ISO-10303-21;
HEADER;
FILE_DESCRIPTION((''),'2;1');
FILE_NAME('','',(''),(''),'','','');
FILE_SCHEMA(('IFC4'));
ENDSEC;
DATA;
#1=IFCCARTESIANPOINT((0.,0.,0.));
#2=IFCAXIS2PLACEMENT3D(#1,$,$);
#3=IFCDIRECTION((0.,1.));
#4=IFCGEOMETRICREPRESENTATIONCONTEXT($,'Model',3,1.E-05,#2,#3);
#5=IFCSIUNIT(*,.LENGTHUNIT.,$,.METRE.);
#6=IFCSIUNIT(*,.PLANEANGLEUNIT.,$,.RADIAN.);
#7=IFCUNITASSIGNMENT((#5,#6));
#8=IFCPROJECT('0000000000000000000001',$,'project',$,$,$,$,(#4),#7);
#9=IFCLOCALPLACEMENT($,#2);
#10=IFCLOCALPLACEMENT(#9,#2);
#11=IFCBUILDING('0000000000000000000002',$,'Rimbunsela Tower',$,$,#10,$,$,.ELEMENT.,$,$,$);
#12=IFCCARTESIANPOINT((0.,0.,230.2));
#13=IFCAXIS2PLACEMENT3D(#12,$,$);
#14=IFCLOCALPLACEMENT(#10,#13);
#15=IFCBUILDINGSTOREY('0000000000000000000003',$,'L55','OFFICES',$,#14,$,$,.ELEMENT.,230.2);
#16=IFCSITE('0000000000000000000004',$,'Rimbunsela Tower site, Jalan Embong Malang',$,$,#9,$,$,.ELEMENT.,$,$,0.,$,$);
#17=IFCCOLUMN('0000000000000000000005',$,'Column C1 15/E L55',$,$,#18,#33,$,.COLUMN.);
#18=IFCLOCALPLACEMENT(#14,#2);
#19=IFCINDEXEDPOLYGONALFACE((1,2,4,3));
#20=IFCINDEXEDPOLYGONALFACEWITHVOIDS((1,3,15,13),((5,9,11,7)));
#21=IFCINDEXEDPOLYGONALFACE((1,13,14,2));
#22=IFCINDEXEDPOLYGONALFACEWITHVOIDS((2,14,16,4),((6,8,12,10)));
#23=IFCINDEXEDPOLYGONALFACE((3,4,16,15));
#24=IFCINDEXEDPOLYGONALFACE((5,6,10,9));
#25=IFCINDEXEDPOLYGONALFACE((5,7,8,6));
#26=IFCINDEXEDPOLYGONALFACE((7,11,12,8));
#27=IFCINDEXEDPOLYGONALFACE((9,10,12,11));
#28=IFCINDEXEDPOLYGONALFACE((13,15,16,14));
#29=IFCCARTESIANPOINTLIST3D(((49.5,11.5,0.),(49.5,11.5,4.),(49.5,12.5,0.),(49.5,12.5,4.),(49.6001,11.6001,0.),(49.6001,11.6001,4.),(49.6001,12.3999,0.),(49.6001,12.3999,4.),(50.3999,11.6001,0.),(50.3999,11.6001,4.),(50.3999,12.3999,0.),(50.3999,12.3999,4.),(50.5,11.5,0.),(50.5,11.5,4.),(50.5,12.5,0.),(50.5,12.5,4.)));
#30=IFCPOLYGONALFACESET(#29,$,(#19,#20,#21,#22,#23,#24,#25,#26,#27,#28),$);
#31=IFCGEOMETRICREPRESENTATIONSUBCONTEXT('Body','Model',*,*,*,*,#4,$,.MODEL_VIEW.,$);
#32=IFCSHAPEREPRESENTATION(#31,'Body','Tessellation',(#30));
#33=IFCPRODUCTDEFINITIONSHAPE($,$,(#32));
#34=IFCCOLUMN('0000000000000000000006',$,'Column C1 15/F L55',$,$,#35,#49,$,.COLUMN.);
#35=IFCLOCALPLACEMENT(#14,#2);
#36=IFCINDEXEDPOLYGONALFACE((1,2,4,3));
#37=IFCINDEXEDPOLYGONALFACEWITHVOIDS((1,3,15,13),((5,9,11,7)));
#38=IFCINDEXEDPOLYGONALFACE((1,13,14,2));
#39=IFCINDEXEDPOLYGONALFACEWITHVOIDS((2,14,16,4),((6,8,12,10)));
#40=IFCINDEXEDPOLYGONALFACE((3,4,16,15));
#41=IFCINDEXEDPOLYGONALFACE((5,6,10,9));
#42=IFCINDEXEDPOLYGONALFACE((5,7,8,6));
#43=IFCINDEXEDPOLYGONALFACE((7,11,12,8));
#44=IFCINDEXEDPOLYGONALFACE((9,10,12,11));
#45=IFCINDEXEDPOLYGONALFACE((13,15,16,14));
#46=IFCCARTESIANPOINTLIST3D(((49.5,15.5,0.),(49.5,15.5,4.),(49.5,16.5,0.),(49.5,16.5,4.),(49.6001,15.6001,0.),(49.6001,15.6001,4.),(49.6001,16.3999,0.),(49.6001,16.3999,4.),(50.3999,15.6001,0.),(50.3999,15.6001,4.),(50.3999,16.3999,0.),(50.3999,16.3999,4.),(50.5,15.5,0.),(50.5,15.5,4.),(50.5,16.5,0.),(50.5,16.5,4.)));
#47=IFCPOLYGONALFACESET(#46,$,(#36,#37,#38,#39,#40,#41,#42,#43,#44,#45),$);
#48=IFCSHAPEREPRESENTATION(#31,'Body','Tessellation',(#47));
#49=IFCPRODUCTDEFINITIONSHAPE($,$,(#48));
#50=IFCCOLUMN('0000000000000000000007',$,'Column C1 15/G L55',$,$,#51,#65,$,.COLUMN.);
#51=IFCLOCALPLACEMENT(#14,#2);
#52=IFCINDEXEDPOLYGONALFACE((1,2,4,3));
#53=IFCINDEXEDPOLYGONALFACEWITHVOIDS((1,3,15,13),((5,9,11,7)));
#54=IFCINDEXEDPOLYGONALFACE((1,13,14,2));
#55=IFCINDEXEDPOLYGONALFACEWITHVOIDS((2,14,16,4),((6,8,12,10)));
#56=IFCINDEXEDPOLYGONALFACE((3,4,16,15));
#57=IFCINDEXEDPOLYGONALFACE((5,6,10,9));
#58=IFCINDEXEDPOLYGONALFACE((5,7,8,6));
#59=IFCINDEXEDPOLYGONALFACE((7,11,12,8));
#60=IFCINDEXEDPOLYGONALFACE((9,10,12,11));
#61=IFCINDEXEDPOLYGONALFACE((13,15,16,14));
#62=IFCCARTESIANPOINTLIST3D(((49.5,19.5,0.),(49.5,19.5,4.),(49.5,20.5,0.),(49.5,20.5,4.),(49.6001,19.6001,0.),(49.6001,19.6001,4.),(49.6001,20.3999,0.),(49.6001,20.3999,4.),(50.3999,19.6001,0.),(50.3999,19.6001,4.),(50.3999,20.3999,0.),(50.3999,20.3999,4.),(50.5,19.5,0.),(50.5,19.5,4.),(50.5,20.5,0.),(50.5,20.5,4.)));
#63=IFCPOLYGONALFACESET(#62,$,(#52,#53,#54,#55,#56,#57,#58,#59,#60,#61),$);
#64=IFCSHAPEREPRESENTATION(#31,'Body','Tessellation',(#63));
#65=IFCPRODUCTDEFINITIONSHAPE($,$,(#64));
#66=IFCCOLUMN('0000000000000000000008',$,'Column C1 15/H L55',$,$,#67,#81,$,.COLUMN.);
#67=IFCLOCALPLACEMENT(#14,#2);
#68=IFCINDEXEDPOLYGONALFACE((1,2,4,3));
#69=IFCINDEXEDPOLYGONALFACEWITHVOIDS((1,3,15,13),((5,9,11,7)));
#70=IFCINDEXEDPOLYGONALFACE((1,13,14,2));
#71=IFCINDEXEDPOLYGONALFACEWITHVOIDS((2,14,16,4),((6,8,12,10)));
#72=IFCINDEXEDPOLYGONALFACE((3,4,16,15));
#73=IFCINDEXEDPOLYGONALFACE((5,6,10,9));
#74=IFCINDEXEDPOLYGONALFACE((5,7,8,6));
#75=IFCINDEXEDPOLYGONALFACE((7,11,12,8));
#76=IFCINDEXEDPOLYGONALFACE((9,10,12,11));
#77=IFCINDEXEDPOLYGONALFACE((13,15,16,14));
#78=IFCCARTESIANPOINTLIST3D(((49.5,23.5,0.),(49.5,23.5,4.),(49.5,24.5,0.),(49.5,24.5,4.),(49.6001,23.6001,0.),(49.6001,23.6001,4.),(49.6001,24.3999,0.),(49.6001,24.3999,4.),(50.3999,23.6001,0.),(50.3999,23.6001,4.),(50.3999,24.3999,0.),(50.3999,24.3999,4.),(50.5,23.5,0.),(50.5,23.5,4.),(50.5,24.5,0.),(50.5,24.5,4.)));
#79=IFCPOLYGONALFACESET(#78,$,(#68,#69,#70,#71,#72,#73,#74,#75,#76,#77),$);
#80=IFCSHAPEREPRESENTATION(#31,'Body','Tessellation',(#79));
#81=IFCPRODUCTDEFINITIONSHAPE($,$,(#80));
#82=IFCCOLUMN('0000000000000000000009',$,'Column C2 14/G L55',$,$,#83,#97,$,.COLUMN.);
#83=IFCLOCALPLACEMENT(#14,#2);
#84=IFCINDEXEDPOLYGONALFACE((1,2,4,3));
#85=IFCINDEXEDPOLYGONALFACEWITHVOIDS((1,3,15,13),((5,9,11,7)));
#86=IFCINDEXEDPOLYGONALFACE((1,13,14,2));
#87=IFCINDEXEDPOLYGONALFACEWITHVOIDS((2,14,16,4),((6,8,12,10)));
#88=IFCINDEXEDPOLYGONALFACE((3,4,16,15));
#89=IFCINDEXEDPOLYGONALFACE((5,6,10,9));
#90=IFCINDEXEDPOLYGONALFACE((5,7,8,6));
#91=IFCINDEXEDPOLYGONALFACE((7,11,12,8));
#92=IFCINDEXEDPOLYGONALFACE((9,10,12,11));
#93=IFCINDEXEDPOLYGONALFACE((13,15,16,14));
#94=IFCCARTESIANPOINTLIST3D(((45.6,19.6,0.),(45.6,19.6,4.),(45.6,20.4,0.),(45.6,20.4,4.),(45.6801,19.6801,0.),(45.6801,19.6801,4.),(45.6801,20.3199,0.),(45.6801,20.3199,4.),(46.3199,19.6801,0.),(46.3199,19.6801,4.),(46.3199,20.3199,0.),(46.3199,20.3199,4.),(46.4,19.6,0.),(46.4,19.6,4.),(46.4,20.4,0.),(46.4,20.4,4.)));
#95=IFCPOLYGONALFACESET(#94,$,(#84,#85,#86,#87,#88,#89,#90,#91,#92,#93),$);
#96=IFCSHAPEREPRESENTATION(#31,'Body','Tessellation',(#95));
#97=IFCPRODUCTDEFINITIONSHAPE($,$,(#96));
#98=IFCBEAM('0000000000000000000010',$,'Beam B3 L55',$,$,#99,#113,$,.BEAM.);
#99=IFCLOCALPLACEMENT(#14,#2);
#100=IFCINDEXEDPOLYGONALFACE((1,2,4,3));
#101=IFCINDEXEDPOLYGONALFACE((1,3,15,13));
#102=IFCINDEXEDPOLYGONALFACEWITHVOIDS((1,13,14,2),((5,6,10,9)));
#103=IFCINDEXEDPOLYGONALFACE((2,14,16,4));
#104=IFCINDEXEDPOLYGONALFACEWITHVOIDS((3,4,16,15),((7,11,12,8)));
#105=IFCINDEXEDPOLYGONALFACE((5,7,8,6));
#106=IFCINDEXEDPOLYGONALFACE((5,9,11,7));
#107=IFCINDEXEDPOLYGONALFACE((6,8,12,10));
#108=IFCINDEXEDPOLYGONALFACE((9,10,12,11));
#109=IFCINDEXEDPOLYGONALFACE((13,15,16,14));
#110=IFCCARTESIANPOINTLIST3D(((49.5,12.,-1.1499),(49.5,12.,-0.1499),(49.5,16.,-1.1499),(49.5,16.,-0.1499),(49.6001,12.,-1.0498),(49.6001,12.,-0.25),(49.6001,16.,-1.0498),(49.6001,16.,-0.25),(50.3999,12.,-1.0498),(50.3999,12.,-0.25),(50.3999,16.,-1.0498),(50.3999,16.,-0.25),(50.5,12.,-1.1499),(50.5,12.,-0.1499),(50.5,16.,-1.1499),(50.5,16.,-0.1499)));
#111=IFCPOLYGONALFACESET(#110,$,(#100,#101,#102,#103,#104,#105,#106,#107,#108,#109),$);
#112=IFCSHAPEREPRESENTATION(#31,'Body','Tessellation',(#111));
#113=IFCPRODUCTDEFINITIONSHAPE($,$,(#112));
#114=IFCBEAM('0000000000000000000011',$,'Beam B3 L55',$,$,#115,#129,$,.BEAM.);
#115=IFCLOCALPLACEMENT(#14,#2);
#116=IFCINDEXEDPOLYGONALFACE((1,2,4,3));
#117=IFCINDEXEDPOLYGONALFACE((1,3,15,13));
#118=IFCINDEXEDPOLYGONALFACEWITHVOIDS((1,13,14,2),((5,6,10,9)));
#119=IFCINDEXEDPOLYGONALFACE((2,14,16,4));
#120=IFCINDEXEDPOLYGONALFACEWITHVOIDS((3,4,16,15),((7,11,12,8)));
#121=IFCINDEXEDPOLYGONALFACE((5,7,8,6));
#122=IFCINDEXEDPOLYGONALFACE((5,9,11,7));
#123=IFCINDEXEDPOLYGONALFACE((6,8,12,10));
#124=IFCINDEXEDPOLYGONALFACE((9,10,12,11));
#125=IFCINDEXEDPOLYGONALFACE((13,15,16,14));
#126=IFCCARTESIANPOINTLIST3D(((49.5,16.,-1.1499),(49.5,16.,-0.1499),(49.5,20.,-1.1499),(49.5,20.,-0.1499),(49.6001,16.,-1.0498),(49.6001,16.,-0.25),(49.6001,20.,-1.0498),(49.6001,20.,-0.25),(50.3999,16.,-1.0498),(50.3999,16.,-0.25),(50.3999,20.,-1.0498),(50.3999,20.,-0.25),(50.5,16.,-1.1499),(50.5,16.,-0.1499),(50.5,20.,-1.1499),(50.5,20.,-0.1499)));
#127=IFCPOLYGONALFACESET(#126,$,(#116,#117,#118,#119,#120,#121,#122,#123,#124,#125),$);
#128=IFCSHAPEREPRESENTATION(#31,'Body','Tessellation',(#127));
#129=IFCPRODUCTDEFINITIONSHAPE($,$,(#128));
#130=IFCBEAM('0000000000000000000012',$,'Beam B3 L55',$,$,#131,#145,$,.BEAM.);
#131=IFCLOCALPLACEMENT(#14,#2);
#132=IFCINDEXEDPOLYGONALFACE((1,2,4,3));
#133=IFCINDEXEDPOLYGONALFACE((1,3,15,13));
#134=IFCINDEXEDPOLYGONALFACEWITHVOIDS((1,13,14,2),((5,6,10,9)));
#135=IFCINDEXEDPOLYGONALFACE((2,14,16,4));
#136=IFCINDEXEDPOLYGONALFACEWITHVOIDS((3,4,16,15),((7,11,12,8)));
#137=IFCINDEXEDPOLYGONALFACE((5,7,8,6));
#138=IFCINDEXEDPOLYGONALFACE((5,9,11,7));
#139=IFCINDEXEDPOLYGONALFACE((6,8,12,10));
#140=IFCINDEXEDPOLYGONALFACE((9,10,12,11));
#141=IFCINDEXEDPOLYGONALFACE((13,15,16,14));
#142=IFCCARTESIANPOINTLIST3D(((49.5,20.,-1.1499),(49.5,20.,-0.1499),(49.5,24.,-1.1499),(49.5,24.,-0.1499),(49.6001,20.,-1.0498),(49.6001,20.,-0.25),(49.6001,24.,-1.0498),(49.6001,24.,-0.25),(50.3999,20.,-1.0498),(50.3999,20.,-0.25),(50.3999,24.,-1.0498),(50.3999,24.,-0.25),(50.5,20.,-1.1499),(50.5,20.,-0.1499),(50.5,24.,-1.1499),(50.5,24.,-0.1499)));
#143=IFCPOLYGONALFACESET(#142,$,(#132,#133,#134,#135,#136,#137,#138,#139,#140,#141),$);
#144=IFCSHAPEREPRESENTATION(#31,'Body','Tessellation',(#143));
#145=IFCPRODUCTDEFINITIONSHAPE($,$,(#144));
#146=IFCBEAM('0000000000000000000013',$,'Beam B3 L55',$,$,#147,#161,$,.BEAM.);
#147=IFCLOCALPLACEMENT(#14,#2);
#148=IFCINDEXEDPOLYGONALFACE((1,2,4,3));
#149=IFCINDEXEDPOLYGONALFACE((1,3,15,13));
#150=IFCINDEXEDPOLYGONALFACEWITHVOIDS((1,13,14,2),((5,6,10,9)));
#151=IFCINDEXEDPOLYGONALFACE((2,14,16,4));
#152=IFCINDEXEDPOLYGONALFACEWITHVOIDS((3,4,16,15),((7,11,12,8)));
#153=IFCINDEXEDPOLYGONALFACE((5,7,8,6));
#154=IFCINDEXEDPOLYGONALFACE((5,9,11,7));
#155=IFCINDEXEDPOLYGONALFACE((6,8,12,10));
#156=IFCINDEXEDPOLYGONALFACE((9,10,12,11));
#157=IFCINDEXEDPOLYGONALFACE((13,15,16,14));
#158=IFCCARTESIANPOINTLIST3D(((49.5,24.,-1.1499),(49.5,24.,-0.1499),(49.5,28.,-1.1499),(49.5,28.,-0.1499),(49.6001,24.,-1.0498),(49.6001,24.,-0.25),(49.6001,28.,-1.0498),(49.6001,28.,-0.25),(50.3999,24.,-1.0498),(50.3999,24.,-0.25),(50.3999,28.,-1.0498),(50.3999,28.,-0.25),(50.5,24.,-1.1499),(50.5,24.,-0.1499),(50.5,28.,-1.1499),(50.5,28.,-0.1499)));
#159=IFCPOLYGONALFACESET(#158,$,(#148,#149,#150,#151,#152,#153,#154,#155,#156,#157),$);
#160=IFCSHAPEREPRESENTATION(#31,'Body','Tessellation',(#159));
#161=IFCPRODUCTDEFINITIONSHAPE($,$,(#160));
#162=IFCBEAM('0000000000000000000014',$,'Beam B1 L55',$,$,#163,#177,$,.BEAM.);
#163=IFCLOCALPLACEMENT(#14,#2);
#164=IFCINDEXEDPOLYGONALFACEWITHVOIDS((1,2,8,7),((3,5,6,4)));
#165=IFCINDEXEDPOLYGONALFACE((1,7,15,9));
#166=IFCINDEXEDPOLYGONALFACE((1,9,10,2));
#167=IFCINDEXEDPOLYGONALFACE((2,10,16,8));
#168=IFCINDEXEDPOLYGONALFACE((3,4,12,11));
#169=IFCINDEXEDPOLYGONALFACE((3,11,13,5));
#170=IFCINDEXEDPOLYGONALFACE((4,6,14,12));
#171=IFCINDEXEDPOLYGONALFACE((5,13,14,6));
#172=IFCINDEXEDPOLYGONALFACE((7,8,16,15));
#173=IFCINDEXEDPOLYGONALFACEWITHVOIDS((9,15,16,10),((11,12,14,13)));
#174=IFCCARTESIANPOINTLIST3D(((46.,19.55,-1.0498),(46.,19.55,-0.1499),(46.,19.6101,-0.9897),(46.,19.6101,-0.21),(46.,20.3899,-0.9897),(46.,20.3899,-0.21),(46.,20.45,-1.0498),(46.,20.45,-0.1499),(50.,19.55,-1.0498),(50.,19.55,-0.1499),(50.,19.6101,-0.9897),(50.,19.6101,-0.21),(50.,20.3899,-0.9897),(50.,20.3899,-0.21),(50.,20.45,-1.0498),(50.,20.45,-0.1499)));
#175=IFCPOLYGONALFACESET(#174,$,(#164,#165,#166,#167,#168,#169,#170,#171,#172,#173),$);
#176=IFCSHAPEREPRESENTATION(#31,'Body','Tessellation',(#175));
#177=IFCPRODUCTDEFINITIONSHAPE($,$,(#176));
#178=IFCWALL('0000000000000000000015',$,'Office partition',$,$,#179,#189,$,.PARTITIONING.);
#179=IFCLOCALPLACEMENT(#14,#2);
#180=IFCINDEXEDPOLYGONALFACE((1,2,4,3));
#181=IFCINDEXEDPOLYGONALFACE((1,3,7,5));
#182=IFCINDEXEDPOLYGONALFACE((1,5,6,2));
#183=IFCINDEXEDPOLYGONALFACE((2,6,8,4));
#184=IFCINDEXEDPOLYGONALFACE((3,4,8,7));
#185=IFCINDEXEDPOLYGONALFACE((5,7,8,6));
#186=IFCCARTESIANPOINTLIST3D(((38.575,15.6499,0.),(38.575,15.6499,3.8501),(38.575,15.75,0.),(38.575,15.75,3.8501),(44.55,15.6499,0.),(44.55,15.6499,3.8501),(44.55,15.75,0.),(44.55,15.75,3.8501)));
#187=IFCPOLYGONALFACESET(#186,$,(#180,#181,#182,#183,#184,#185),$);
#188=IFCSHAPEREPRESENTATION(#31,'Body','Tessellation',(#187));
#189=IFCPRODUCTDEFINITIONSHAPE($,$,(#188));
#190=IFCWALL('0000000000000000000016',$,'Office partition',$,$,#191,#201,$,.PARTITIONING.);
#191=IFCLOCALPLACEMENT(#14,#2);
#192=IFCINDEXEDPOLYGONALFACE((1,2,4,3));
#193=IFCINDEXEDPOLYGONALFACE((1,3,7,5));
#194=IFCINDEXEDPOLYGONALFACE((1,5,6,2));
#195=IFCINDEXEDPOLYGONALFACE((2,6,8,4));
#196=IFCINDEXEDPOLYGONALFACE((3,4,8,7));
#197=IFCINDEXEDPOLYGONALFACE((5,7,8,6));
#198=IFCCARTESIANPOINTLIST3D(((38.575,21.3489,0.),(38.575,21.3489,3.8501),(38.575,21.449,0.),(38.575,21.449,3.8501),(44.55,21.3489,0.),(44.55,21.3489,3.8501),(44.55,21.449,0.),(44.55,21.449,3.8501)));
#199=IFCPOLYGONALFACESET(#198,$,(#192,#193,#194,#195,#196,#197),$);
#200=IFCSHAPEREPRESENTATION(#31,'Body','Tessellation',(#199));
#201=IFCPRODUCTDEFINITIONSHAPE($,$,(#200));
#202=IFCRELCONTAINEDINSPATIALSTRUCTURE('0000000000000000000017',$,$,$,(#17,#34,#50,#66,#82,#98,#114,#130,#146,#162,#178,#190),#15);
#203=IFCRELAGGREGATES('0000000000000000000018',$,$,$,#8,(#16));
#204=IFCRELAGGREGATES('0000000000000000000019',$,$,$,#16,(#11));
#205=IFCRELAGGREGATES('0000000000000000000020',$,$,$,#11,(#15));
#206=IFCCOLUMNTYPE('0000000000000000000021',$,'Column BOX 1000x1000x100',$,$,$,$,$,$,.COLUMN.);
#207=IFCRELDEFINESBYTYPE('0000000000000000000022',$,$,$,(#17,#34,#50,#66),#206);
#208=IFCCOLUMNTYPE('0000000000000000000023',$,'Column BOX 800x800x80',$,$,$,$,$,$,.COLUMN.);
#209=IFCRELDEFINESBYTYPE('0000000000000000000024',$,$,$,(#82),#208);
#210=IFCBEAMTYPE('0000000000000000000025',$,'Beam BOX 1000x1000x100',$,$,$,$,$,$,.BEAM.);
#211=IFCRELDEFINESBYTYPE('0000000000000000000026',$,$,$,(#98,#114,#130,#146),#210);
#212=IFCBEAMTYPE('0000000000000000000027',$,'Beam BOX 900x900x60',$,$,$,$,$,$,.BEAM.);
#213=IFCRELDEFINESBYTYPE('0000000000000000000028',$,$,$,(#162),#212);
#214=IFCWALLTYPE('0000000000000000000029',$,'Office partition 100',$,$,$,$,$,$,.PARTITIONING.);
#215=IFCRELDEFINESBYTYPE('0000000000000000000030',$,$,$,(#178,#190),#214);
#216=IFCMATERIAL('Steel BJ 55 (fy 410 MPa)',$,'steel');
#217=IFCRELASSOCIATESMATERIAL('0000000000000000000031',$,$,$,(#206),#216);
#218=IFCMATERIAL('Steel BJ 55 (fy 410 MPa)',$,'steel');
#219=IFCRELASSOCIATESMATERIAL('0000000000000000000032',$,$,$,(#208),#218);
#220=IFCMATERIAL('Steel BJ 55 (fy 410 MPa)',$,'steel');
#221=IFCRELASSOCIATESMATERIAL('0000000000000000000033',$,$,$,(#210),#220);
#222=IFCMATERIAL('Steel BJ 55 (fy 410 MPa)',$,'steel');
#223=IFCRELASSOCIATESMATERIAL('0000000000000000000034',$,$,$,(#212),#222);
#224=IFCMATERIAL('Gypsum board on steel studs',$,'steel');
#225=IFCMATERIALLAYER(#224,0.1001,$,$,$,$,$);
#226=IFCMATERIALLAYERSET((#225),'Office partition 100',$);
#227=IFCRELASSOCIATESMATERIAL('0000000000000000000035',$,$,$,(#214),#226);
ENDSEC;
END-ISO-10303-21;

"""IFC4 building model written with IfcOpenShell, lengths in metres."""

from ifc_helpers import new_model, si_unit, direction, frame, frame_2d, origin, origin_2d, place, context, subcontext, project, spatial, rectangle, hollow_rectangle, extrude, material, layer, layer_set, material_profile, profile_set, type_object, element, save


model = new_model("IFC4")

# Units and contexts
model_context = context("Model", 3, precision=1e-05, world=origin(), true_north=direction((0.0, 1.0)))
body_context = subcontext(model_context, "Body", "Model", "MODEL_VIEW")
ifc_project = project(units=[si_unit("LENGTHUNIT", "METRE"), si_unit("PLANEANGLEUNIT", "RADIAN")], contexts=[model_context])

# Site, building, storey
site_placement = place(None, origin())
site = spatial("IfcSite", under=ifc_project, at=site_placement, Name="Rimbunsela Tower site, Jalan Embong Malang", CompositionType="ELEMENT", RefElevation=0.0)
building_placement = place(site_placement, origin())
building = spatial("IfcBuilding", under=site, at=building_placement, Name="Rimbunsela Tower", CompositionType="ELEMENT")
storey_placement = place(building_placement, frame((0.0, 0.0, 230.2)))
storey = spatial("IfcBuildingStorey", under=building, at=storey_placement, Name="L55", Description="OFFICES", CompositionType="ELEMENT", Elevation=230.2)

# Columns
ifc_material_1 = material(Name="Steel BJ 55 (fy 410 MPa)", Category="steel")
ifc_material_profile_1 = material_profile(ifc_material_1, hollow_rectangle(XDim=1.0, YDim=1.0, WallThickness=0.1001, at=origin_2d()), Name="BOX 1000x1000x100")
ifc_profile_set_1 = profile_set([ifc_material_profile_1], Name="Steel BJ 55 (fy 410 MPa)")
column_type_1 = type_object("IfcColumnType", Name="Column BOX 1000x1000x100", PredefinedType="COLUMN", material=ifc_profile_set_1)
for number, where, z_axis, x_axis, name in (
    (1, (50.0, 12.0, 0.0), (0.0, 0.0, 1.0), (1.0, 0.0, 0.0), "Column C1 15/E L55"),
    (2, (50.0, 16.0, 0.0), (0.0, 0.0, 1.0), (1.0, 0.0, 0.0), "Column C1 15/F L55"),
    (3, (50.0, 20.0, 0.0), (0.0, 0.0, 1.0), (1.0, 0.0, 0.0), "Column C1 15/G L55"),
    (4, (50.0, 24.0, 0.0), (0.0, 0.0, 1.0), (1.0, 0.0, 0.0), "Column C1 15/H L55"),
):
    element("IfcColumn", number, at=place(storey_placement, frame(where, z_axis=z_axis, x_axis=x_axis)), inside=storey, type_object=column_type_1, Name=name, PredefinedType="COLUMN", context=body_context, shape_type="SweptSolid", body=[
        extrude(hollow_rectangle(XDim=1.0, YDim=1.0, WallThickness=0.1001, at=origin_2d()), origin(), (0.0, 0.0, 1.0), 4.0),
    ])
ifc_material_2 = material(Name="Steel BJ 55 (fy 410 MPa)", Category="steel")
ifc_material_profile_2 = material_profile(ifc_material_2, hollow_rectangle(XDim=0.8, YDim=0.8, WallThickness=0.0801, at=origin_2d()), Name="BOX 800x800x80")
ifc_profile_set_2 = profile_set([ifc_material_profile_2], Name="Steel BJ 55 (fy 410 MPa)")
column_type_2 = type_object("IfcColumnType", Name="Column BOX 800x800x80", PredefinedType="COLUMN", material=ifc_profile_set_2)
column_placement = place(storey_placement, frame((46.0, 20.0, 0.0), z_axis=(0.0, 0.0, 1.0), x_axis=(1.0, 0.0, 0.0)))
element("IfcColumn", 5, at=column_placement, inside=storey, type_object=column_type_2, Name="Column C2 14/G L55", PredefinedType="COLUMN", context=body_context, shape_type="SweptSolid", body=[
    extrude(hollow_rectangle(XDim=0.8, YDim=0.8, WallThickness=0.0801, at=origin_2d()), origin(), (0.0, 0.0, 1.0), 4.0),
])

# Beams
ifc_material_3 = material(Name="Steel BJ 55 (fy 410 MPa)", Category="steel")
ifc_material_profile_3 = material_profile(ifc_material_3, hollow_rectangle(XDim=1.0, YDim=1.0, WallThickness=0.1001, at=origin_2d()), Name="BOX 1000x1000x100")
ifc_profile_set_3 = profile_set([ifc_material_profile_3], Name="Steel BJ 55 (fy 410 MPa)")
beam_type_1 = type_object("IfcBeamType", Name="Beam BOX 1000x1000x100", PredefinedType="BEAM", material=ifc_profile_set_3)
for number, where, z_axis, x_axis, name in (
    (6, (50.0, 12.0, -0.6499), (0.0, 1.0, 0.0), (-1.0, 0.0, 0.0), "Beam B3 L55"),
    (7, (50.0, 16.0, -0.6499), (0.0, 1.0, 0.0), (-1.0, 0.0, 0.0), "Beam B3 L55"),
    (8, (50.0, 20.0, -0.6499), (0.0, 1.0, 0.0), (-1.0, 0.0, 0.0), "Beam B3 L55"),
    (9, (50.0, 24.0, -0.6499), (0.0, 1.0, 0.0), (-1.0, 0.0, 0.0), "Beam B3 L55"),
):
    element("IfcBeam", number, at=place(storey_placement, frame(where, z_axis=z_axis, x_axis=x_axis)), inside=storey, type_object=beam_type_1, Name=name, PredefinedType="BEAM", context=body_context, shape_type="SweptSolid", body=[
        extrude(hollow_rectangle(XDim=1.0, YDim=1.0, WallThickness=0.1001, at=origin_2d()), origin(), (0.0, 0.0, 1.0), 4.0),
    ])
ifc_material_4 = material(Name="Steel BJ 55 (fy 410 MPa)", Category="steel")
ifc_material_profile_4 = material_profile(ifc_material_4, hollow_rectangle(XDim=0.8999, YDim=0.8999, WallThickness=0.0601, at=origin_2d()), Name="BOX 900x900x60")
ifc_profile_set_4 = profile_set([ifc_material_profile_4], Name="Steel BJ 55 (fy 410 MPa)")
beam_type_2 = type_object("IfcBeamType", Name="Beam BOX 900x900x60", PredefinedType="BEAM", material=ifc_profile_set_4)
beam_placement = place(storey_placement, frame((46.0, 20.0, -0.5999), z_axis=(1.0, 0.0, 0.0), x_axis=(0.0, 1.0, 0.0)))
element("IfcBeam", 10, at=beam_placement, inside=storey, type_object=beam_type_2, Name="Beam B1 L55", PredefinedType="BEAM", context=body_context, shape_type="SweptSolid", body=[
    extrude(hollow_rectangle(XDim=0.8999, YDim=0.8999, WallThickness=0.0601, at=origin_2d()), origin(), (0.0, 0.0, 1.0), 4.0),
])

# Walls
ifc_material_5 = material(Name="Gypsum board on steel studs", Category="steel")
ifc_layer_1 = layer(ifc_material_5, 0.1001)
ifc_layer_set_1 = layer_set([ifc_layer_1], Name="Office partition 100")
wall_type_1 = type_object("IfcWallType", Name="Office partition 100", PredefinedType="PARTITIONING", material=ifc_layer_set_1)
for number, where, z_axis, x_axis, name in (
    (11, (38.575, 15.7, 0.0), (0.0, 0.0, 1.0), (1.0, 0.0, 0.0), "Office partition"),
    (12, (38.575, 21.3989, 0.0), (0.0, 0.0, 1.0), (1.0, 0.0, 0.0), "Office partition"),
):
    element("IfcWall", number, at=place(storey_placement, frame(where, z_axis=z_axis, x_axis=x_axis)), inside=storey, type_object=wall_type_1, Name=name, PredefinedType="PARTITIONING", context=body_context, shape_type="SweptSolid", body=[
        extrude(rectangle(XDim=5.9751, YDim=0.1001, at=frame_2d((2.9875, 0.0))), origin(), (0.0, 0.0, 1.0), 3.8501),
    ])

save(model, "model.ifc")
